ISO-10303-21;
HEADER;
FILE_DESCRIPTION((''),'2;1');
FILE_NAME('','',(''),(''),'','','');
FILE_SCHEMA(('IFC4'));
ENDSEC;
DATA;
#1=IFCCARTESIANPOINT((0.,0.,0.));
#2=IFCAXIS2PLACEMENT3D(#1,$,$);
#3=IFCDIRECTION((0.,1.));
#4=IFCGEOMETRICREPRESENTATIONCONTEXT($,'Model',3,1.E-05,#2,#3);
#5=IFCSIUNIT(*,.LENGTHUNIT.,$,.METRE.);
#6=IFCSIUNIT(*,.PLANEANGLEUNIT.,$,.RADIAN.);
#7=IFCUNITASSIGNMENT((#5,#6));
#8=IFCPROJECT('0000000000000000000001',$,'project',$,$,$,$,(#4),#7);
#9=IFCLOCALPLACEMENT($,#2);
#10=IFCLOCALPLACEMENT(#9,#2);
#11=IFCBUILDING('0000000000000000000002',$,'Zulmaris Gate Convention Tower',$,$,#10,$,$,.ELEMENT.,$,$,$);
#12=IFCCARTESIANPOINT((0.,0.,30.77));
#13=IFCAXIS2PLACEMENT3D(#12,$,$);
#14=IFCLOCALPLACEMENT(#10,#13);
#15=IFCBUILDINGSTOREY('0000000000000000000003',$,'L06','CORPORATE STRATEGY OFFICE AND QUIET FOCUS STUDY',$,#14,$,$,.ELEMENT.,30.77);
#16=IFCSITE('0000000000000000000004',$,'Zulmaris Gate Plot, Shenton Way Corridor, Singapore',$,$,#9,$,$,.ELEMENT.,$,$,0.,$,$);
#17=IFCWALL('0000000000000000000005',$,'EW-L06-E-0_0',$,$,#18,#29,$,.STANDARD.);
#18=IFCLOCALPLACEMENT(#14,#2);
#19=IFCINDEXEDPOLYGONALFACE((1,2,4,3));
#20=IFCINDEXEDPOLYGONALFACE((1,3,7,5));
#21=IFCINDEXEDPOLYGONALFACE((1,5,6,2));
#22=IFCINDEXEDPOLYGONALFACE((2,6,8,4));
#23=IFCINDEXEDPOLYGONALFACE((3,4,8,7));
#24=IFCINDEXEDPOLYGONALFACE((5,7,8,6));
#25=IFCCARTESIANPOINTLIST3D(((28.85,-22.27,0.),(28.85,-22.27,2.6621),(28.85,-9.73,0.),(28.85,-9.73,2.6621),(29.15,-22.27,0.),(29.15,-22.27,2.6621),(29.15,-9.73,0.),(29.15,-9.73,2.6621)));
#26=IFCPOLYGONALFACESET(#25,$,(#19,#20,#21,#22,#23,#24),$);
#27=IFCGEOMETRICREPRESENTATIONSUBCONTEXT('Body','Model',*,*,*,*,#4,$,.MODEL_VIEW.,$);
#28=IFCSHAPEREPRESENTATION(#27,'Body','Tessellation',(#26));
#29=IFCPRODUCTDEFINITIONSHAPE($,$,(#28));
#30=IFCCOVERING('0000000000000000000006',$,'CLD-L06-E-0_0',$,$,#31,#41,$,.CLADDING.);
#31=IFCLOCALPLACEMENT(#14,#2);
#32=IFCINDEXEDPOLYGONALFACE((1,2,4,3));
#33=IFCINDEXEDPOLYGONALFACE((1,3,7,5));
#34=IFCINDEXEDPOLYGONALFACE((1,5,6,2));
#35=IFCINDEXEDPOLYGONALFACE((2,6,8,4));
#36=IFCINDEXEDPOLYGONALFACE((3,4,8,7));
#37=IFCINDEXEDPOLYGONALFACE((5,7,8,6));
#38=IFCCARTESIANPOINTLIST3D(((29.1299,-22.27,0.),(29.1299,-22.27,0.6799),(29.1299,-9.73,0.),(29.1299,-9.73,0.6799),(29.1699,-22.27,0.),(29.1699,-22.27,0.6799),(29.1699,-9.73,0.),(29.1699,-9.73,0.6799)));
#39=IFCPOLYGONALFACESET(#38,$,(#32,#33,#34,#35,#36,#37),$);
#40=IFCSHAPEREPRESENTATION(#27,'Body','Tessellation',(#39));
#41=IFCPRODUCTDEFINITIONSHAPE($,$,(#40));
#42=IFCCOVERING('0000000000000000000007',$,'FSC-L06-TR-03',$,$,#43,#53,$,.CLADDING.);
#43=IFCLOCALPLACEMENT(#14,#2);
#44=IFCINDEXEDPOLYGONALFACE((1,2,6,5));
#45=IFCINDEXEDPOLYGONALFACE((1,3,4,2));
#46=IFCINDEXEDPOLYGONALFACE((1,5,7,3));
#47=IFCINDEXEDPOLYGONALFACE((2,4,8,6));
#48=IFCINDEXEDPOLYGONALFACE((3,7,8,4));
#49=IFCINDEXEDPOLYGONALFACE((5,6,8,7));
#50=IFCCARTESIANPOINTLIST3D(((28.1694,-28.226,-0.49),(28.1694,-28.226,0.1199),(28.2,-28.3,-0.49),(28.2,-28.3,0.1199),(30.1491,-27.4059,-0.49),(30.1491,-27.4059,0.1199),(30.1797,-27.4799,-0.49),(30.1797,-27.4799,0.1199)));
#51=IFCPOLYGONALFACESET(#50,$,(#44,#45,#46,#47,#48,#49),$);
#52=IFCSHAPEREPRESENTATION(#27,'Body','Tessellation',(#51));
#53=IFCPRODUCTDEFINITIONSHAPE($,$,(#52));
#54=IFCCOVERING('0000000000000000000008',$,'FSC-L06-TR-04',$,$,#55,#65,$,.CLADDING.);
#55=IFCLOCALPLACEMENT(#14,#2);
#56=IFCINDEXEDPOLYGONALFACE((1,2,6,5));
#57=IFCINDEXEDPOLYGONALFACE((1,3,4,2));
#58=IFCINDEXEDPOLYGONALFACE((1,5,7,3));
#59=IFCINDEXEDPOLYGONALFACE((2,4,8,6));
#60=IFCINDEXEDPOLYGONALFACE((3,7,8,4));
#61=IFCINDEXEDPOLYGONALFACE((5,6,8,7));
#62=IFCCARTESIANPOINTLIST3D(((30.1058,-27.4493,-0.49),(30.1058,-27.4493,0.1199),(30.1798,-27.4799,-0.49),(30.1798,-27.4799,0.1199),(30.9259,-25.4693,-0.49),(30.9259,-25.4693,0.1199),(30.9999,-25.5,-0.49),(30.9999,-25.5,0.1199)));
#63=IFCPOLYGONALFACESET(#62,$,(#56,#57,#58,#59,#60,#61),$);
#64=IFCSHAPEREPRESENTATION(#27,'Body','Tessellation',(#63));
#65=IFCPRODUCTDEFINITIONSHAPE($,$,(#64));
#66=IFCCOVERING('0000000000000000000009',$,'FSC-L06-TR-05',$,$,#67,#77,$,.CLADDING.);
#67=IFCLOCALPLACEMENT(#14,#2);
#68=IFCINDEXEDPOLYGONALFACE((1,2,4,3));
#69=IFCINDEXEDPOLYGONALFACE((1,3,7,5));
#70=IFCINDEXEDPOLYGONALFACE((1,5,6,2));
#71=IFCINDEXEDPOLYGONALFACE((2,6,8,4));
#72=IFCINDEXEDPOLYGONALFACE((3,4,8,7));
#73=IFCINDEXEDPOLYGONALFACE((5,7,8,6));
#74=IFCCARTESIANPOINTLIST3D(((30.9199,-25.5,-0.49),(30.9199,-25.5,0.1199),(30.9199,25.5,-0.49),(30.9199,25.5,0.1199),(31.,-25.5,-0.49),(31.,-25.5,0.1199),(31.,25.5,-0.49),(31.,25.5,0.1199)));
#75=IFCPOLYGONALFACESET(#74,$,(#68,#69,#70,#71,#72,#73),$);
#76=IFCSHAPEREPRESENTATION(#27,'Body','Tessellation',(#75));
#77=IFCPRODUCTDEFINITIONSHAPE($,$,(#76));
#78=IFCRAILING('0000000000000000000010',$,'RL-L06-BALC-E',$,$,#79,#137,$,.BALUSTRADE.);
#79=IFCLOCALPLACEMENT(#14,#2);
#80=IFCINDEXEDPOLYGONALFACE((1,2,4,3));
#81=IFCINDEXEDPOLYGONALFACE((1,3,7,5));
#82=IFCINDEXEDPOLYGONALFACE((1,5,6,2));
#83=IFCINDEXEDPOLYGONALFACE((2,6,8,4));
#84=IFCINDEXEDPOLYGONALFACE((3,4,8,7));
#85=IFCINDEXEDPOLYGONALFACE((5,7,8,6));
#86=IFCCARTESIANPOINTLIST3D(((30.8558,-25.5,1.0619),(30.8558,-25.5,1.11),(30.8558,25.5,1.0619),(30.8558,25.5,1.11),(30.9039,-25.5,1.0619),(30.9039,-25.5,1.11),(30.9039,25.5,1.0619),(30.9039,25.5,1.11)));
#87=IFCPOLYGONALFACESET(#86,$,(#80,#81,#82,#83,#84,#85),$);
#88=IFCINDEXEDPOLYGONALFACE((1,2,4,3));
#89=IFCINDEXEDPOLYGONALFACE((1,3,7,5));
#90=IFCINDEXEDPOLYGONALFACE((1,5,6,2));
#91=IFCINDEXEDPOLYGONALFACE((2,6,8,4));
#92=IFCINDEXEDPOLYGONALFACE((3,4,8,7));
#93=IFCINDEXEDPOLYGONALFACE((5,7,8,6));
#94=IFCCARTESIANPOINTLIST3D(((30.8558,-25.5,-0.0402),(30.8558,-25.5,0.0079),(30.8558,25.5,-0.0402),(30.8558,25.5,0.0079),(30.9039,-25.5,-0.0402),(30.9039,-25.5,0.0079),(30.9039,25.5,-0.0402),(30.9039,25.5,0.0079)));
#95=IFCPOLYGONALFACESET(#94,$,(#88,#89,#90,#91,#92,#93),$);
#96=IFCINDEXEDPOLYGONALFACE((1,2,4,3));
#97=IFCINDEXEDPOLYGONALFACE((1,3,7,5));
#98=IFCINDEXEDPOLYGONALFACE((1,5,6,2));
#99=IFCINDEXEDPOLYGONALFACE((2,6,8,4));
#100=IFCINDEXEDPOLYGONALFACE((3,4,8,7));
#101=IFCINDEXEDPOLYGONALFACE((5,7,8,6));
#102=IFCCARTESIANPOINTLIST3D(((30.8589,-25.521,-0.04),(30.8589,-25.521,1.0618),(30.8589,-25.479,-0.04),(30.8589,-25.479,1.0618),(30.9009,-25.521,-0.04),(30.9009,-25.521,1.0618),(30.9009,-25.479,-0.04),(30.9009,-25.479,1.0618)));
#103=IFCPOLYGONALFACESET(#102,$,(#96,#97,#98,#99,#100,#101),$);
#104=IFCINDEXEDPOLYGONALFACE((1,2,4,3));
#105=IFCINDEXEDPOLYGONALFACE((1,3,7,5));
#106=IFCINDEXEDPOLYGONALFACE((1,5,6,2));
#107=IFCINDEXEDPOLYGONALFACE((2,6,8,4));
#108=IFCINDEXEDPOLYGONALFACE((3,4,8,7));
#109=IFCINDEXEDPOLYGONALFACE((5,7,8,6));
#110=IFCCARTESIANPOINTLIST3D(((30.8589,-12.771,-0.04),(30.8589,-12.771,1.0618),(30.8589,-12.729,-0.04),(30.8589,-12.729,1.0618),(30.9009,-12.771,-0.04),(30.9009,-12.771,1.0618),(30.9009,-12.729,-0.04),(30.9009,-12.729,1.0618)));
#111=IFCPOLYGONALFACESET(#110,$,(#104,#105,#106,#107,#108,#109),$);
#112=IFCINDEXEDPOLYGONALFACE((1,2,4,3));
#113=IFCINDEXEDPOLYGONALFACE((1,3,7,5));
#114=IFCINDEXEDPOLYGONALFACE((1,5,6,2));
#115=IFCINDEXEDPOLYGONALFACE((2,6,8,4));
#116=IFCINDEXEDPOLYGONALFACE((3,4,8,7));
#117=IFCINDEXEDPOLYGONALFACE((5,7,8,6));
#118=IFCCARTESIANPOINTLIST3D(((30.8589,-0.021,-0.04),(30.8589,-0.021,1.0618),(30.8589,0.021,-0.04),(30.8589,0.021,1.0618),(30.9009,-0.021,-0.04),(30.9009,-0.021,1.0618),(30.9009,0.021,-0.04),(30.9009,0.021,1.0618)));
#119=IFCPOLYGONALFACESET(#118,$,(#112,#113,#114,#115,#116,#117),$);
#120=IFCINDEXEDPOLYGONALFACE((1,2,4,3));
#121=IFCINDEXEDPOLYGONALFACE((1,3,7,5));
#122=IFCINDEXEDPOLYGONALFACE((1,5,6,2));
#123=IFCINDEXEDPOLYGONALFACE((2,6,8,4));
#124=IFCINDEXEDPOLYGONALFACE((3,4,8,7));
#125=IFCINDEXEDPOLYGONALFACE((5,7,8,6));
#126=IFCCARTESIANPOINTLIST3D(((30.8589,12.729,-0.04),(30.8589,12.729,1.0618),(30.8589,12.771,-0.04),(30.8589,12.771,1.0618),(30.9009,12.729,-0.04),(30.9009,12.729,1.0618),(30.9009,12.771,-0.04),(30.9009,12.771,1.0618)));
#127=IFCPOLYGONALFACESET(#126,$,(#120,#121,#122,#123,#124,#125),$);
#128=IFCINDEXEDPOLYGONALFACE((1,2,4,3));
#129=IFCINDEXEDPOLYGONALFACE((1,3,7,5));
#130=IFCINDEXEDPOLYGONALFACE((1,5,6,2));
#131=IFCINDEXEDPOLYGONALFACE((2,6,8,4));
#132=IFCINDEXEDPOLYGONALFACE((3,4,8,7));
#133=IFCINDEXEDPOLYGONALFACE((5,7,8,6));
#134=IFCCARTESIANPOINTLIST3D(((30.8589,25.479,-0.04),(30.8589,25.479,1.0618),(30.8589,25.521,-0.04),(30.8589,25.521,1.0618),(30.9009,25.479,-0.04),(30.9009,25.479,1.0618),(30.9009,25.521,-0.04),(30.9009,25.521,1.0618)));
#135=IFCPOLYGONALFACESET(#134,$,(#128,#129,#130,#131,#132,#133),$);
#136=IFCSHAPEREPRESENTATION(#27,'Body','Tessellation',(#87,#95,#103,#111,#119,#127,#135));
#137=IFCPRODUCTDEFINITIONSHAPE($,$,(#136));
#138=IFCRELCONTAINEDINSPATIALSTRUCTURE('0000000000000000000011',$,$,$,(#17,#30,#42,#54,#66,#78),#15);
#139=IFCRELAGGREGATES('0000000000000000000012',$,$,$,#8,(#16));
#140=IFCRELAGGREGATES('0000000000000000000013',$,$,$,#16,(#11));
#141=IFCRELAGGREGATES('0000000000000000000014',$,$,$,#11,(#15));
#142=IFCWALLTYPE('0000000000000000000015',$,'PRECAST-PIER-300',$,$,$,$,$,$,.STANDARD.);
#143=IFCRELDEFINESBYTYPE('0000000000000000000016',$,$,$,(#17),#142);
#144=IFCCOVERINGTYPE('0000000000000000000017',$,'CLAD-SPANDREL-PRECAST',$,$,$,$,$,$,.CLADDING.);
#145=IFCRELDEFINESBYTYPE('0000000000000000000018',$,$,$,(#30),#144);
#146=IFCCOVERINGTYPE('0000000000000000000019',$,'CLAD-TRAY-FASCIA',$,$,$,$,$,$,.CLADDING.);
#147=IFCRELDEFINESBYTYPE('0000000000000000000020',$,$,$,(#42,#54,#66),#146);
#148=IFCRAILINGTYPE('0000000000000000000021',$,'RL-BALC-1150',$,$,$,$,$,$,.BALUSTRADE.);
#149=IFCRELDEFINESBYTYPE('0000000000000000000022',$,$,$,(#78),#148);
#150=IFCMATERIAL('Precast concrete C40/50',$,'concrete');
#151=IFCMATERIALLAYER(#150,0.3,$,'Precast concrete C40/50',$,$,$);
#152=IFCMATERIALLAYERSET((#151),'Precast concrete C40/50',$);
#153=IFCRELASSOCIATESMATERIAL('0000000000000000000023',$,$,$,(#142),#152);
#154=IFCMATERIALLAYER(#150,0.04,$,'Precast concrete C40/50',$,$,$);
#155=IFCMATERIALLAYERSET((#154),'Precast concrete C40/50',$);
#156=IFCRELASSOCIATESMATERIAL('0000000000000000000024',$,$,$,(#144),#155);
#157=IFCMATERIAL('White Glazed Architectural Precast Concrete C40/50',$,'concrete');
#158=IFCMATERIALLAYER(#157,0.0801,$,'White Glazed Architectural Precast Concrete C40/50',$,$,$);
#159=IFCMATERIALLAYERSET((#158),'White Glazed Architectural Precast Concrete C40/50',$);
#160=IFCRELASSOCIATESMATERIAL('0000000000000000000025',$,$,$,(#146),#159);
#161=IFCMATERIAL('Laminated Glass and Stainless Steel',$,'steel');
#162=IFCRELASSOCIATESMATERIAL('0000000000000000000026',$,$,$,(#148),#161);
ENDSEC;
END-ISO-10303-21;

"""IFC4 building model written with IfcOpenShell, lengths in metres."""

from ifc_helpers import new_model, si_unit, direction, frame, frame_2d, origin, origin_2d, place, context, subcontext, project, spatial, rectangle, extrude, material, layer, layer_set, type_object, element, save


model = new_model("IFC4")

# Units and contexts
model_context = context("Model", 3, precision=1e-05, world=origin(), true_north=direction((0.0, 1.0)))
body_context = subcontext(model_context, "Body", "Model", "MODEL_VIEW")
ifc_project = project(units=[si_unit("LENGTHUNIT", "METRE"), si_unit("PLANEANGLEUNIT", "RADIAN")], contexts=[model_context])

# Site, building, storey
site_placement = place(None, origin())
site = spatial("IfcSite", under=ifc_project, at=site_placement, Name="Zulmaris Gate Plot, Shenton Way Corridor, Singapore", CompositionType="ELEMENT", RefElevation=0.0)
building_placement = place(site_placement, origin())
building = spatial("IfcBuilding", under=site, at=building_placement, Name="Zulmaris Gate Convention Tower", CompositionType="ELEMENT")
storey_placement = place(building_placement, frame((0.0, 0.0, 30.77)))
storey = spatial("IfcBuildingStorey", under=building, at=storey_placement, Name="L06", Description="CORPORATE STRATEGY OFFICE AND QUIET FOCUS STUDY", CompositionType="ELEMENT", Elevation=30.77)

# Shared definitions
ifc_material_1 = material(Name="Precast concrete C40/50", Category="concrete")
ifc_layer_1 = layer(ifc_material_1, 0.3, Name="Precast concrete C40/50")
ifc_layer_set_1 = layer_set([ifc_layer_1], Name="Precast concrete C40/50")
wall_type_1 = type_object("IfcWallType", Name="PRECAST-PIER-300", PredefinedType="STANDARD", material=ifc_layer_set_1)

# Wall
wall_1_placement = place(storey_placement, frame((29.0, -22.27, 0.0), z_axis=(0.0, 0.0, 1.0), x_axis=(0.0, 1.0, 0.0)))
element("IfcWall", 1, at=wall_1_placement, inside=storey, type_object=wall_type_1, Name="EW-L06-E-0_0", PredefinedType="STANDARD", context=body_context, shape_type="SweptSolid", body=[
    extrude(rectangle(XDim=12.54, YDim=0.3, at=frame_2d((6.27, 0.0))), origin(), (0.0, 0.0, 1.0), 2.6621),
])

# Coverings
ifc_layer_2 = layer(ifc_material_1, 0.04, Name="Precast concrete C40/50")
ifc_layer_set_2 = layer_set([ifc_layer_2], Name="Precast concrete C40/50")
covering_type_1 = type_object("IfcCoveringType", Name="CLAD-SPANDREL-PRECAST", PredefinedType="CLADDING", material=ifc_layer_set_2)
covering_1_placement = place(storey_placement, frame((29.1499, -22.27, 0.0), z_axis=(0.0, 0.0, 1.0), x_axis=(0.0, 1.0, 0.0)))
element("IfcCovering", 2, at=covering_1_placement, inside=storey, type_object=covering_type_1, Name="CLD-L06-E-0_0", PredefinedType="CLADDING", context=body_context, shape_type="SweptSolid", body=[
    extrude(rectangle(XDim=12.54, YDim=0.04, at=frame_2d((6.27, 0.0))), origin(), (0.0, 0.0, 1.0), 0.6799),
])
ifc_material_2 = material(Name="White Glazed Architectural Precast Concrete C40/50", Category="concrete")
ifc_layer_3 = layer(ifc_material_2, 0.0801, Name="White Glazed Architectural Precast Concrete C40/50")
ifc_layer_set_3 = layer_set([ifc_layer_3], Name="White Glazed Architectural Precast Concrete C40/50")
covering_type_2 = type_object("IfcCoveringType", Name="CLAD-TRAY-FASCIA", PredefinedType="CLADDING", material=ifc_layer_set_3)
covering_2_placement = place(storey_placement, frame((28.1848, -28.2629, -0.49), z_axis=(0.0, 0.0, 1.0), x_axis=(0.923874, 0.382697, 0.0)))
element("IfcCovering", 3, at=covering_2_placement, inside=storey, type_object=covering_type_2, Name="FSC-L06-TR-03", PredefinedType="CLADDING", context=body_context, shape_type="SweptSolid", body=[
    extrude(rectangle(XDim=2.1428, YDim=0.0801, at=frame_2d((1.0713, 0.0))), origin(), (0.0, 0.0, 1.0), 0.6099),
])
covering_3_placement = place(storey_placement, frame((30.1428, -27.4646, -0.49), z_axis=(0.0, 0.0, 1.0), x_axis=(0.382657, 0.92389, 0.0)))
element("IfcCovering", 4, at=covering_3_placement, inside=storey, type_object=covering_type_2, Name="FSC-L06-TR-04", PredefinedType="CLADDING", context=body_context, shape_type="SweptSolid", body=[
    extrude(rectangle(XDim=2.1431, YDim=0.0801, at=frame_2d((1.0715, 0.0))), origin(), (0.0, 0.0, 1.0), 0.6099),
])
covering_4_placement = place(storey_placement, frame((30.96, -25.5, -0.49), z_axis=(0.0, 0.0, 1.0), x_axis=(0.0, 1.0, 0.0)))
element("IfcCovering", 5, at=covering_4_placement, inside=storey, type_object=covering_type_2, Name="FSC-L06-TR-05", PredefinedType="CLADDING", context=body_context, shape_type="SweptSolid", body=[
    extrude(rectangle(XDim=51.0, YDim=0.0801, at=frame_2d((25.5, 0.0))), origin(), (0.0, 0.0, 1.0), 0.6099),
])

# Railing
ifc_material_3 = material(Name="Laminated Glass and Stainless Steel", Category="steel")
railing_type = type_object("IfcRailingType", Name="RL-BALC-1150", PredefinedType="BALUSTRADE", material=ifc_material_3)
railing_placement = place(storey_placement, frame((30.8799, -25.5, -0.04)))
element("IfcRailing", 6, at=railing_placement, inside=storey, type_object=railing_type, Name="RL-L06-BALC-E", PredefinedType="BALUSTRADE", context=body_context, shape_type="SweptSolid", body=[
    extrude(rectangle(XDim=0.0481, YDim=0.0481, at=origin_2d()), frame((0.0, 0.0, 1.126), z_axis=(0.0, 1.0, 0.0), x_axis=(-1.0, 0.0, 0.0)), (0.0, 0.0, 1.0), 51.0),
    extrude(rectangle(XDim=0.0481, YDim=0.0481, at=origin_2d()), frame((0.0, 0.0, 0.0239), z_axis=(0.0, 1.0, 0.0), x_axis=(-1.0, 0.0, 0.0)), (0.0, 0.0, 1.0), 51.0),
    extrude(rectangle(XDim=0.042, YDim=0.042, at=origin_2d()), origin(), (0.0, 0.0, 1.0), 1.1018),
    extrude(rectangle(XDim=0.042, YDim=0.042, at=origin_2d()), frame((0.0, 12.75, 0.0)), (0.0, 0.0, 1.0), 1.1018),
    extrude(rectangle(XDim=0.042, YDim=0.042, at=origin_2d()), frame((0.0, 25.5, 0.0)), (0.0, 0.0, 1.0), 1.1018),
    extrude(rectangle(XDim=0.042, YDim=0.042, at=origin_2d()), frame((0.0, 38.25, 0.0)), (0.0, 0.0, 1.0), 1.1018),
    extrude(rectangle(XDim=0.042, YDim=0.042, at=origin_2d()), frame((0.0, 51.0, 0.0)), (0.0, 0.0, 1.0), 1.1018),
])

save(model, "model.ifc")
